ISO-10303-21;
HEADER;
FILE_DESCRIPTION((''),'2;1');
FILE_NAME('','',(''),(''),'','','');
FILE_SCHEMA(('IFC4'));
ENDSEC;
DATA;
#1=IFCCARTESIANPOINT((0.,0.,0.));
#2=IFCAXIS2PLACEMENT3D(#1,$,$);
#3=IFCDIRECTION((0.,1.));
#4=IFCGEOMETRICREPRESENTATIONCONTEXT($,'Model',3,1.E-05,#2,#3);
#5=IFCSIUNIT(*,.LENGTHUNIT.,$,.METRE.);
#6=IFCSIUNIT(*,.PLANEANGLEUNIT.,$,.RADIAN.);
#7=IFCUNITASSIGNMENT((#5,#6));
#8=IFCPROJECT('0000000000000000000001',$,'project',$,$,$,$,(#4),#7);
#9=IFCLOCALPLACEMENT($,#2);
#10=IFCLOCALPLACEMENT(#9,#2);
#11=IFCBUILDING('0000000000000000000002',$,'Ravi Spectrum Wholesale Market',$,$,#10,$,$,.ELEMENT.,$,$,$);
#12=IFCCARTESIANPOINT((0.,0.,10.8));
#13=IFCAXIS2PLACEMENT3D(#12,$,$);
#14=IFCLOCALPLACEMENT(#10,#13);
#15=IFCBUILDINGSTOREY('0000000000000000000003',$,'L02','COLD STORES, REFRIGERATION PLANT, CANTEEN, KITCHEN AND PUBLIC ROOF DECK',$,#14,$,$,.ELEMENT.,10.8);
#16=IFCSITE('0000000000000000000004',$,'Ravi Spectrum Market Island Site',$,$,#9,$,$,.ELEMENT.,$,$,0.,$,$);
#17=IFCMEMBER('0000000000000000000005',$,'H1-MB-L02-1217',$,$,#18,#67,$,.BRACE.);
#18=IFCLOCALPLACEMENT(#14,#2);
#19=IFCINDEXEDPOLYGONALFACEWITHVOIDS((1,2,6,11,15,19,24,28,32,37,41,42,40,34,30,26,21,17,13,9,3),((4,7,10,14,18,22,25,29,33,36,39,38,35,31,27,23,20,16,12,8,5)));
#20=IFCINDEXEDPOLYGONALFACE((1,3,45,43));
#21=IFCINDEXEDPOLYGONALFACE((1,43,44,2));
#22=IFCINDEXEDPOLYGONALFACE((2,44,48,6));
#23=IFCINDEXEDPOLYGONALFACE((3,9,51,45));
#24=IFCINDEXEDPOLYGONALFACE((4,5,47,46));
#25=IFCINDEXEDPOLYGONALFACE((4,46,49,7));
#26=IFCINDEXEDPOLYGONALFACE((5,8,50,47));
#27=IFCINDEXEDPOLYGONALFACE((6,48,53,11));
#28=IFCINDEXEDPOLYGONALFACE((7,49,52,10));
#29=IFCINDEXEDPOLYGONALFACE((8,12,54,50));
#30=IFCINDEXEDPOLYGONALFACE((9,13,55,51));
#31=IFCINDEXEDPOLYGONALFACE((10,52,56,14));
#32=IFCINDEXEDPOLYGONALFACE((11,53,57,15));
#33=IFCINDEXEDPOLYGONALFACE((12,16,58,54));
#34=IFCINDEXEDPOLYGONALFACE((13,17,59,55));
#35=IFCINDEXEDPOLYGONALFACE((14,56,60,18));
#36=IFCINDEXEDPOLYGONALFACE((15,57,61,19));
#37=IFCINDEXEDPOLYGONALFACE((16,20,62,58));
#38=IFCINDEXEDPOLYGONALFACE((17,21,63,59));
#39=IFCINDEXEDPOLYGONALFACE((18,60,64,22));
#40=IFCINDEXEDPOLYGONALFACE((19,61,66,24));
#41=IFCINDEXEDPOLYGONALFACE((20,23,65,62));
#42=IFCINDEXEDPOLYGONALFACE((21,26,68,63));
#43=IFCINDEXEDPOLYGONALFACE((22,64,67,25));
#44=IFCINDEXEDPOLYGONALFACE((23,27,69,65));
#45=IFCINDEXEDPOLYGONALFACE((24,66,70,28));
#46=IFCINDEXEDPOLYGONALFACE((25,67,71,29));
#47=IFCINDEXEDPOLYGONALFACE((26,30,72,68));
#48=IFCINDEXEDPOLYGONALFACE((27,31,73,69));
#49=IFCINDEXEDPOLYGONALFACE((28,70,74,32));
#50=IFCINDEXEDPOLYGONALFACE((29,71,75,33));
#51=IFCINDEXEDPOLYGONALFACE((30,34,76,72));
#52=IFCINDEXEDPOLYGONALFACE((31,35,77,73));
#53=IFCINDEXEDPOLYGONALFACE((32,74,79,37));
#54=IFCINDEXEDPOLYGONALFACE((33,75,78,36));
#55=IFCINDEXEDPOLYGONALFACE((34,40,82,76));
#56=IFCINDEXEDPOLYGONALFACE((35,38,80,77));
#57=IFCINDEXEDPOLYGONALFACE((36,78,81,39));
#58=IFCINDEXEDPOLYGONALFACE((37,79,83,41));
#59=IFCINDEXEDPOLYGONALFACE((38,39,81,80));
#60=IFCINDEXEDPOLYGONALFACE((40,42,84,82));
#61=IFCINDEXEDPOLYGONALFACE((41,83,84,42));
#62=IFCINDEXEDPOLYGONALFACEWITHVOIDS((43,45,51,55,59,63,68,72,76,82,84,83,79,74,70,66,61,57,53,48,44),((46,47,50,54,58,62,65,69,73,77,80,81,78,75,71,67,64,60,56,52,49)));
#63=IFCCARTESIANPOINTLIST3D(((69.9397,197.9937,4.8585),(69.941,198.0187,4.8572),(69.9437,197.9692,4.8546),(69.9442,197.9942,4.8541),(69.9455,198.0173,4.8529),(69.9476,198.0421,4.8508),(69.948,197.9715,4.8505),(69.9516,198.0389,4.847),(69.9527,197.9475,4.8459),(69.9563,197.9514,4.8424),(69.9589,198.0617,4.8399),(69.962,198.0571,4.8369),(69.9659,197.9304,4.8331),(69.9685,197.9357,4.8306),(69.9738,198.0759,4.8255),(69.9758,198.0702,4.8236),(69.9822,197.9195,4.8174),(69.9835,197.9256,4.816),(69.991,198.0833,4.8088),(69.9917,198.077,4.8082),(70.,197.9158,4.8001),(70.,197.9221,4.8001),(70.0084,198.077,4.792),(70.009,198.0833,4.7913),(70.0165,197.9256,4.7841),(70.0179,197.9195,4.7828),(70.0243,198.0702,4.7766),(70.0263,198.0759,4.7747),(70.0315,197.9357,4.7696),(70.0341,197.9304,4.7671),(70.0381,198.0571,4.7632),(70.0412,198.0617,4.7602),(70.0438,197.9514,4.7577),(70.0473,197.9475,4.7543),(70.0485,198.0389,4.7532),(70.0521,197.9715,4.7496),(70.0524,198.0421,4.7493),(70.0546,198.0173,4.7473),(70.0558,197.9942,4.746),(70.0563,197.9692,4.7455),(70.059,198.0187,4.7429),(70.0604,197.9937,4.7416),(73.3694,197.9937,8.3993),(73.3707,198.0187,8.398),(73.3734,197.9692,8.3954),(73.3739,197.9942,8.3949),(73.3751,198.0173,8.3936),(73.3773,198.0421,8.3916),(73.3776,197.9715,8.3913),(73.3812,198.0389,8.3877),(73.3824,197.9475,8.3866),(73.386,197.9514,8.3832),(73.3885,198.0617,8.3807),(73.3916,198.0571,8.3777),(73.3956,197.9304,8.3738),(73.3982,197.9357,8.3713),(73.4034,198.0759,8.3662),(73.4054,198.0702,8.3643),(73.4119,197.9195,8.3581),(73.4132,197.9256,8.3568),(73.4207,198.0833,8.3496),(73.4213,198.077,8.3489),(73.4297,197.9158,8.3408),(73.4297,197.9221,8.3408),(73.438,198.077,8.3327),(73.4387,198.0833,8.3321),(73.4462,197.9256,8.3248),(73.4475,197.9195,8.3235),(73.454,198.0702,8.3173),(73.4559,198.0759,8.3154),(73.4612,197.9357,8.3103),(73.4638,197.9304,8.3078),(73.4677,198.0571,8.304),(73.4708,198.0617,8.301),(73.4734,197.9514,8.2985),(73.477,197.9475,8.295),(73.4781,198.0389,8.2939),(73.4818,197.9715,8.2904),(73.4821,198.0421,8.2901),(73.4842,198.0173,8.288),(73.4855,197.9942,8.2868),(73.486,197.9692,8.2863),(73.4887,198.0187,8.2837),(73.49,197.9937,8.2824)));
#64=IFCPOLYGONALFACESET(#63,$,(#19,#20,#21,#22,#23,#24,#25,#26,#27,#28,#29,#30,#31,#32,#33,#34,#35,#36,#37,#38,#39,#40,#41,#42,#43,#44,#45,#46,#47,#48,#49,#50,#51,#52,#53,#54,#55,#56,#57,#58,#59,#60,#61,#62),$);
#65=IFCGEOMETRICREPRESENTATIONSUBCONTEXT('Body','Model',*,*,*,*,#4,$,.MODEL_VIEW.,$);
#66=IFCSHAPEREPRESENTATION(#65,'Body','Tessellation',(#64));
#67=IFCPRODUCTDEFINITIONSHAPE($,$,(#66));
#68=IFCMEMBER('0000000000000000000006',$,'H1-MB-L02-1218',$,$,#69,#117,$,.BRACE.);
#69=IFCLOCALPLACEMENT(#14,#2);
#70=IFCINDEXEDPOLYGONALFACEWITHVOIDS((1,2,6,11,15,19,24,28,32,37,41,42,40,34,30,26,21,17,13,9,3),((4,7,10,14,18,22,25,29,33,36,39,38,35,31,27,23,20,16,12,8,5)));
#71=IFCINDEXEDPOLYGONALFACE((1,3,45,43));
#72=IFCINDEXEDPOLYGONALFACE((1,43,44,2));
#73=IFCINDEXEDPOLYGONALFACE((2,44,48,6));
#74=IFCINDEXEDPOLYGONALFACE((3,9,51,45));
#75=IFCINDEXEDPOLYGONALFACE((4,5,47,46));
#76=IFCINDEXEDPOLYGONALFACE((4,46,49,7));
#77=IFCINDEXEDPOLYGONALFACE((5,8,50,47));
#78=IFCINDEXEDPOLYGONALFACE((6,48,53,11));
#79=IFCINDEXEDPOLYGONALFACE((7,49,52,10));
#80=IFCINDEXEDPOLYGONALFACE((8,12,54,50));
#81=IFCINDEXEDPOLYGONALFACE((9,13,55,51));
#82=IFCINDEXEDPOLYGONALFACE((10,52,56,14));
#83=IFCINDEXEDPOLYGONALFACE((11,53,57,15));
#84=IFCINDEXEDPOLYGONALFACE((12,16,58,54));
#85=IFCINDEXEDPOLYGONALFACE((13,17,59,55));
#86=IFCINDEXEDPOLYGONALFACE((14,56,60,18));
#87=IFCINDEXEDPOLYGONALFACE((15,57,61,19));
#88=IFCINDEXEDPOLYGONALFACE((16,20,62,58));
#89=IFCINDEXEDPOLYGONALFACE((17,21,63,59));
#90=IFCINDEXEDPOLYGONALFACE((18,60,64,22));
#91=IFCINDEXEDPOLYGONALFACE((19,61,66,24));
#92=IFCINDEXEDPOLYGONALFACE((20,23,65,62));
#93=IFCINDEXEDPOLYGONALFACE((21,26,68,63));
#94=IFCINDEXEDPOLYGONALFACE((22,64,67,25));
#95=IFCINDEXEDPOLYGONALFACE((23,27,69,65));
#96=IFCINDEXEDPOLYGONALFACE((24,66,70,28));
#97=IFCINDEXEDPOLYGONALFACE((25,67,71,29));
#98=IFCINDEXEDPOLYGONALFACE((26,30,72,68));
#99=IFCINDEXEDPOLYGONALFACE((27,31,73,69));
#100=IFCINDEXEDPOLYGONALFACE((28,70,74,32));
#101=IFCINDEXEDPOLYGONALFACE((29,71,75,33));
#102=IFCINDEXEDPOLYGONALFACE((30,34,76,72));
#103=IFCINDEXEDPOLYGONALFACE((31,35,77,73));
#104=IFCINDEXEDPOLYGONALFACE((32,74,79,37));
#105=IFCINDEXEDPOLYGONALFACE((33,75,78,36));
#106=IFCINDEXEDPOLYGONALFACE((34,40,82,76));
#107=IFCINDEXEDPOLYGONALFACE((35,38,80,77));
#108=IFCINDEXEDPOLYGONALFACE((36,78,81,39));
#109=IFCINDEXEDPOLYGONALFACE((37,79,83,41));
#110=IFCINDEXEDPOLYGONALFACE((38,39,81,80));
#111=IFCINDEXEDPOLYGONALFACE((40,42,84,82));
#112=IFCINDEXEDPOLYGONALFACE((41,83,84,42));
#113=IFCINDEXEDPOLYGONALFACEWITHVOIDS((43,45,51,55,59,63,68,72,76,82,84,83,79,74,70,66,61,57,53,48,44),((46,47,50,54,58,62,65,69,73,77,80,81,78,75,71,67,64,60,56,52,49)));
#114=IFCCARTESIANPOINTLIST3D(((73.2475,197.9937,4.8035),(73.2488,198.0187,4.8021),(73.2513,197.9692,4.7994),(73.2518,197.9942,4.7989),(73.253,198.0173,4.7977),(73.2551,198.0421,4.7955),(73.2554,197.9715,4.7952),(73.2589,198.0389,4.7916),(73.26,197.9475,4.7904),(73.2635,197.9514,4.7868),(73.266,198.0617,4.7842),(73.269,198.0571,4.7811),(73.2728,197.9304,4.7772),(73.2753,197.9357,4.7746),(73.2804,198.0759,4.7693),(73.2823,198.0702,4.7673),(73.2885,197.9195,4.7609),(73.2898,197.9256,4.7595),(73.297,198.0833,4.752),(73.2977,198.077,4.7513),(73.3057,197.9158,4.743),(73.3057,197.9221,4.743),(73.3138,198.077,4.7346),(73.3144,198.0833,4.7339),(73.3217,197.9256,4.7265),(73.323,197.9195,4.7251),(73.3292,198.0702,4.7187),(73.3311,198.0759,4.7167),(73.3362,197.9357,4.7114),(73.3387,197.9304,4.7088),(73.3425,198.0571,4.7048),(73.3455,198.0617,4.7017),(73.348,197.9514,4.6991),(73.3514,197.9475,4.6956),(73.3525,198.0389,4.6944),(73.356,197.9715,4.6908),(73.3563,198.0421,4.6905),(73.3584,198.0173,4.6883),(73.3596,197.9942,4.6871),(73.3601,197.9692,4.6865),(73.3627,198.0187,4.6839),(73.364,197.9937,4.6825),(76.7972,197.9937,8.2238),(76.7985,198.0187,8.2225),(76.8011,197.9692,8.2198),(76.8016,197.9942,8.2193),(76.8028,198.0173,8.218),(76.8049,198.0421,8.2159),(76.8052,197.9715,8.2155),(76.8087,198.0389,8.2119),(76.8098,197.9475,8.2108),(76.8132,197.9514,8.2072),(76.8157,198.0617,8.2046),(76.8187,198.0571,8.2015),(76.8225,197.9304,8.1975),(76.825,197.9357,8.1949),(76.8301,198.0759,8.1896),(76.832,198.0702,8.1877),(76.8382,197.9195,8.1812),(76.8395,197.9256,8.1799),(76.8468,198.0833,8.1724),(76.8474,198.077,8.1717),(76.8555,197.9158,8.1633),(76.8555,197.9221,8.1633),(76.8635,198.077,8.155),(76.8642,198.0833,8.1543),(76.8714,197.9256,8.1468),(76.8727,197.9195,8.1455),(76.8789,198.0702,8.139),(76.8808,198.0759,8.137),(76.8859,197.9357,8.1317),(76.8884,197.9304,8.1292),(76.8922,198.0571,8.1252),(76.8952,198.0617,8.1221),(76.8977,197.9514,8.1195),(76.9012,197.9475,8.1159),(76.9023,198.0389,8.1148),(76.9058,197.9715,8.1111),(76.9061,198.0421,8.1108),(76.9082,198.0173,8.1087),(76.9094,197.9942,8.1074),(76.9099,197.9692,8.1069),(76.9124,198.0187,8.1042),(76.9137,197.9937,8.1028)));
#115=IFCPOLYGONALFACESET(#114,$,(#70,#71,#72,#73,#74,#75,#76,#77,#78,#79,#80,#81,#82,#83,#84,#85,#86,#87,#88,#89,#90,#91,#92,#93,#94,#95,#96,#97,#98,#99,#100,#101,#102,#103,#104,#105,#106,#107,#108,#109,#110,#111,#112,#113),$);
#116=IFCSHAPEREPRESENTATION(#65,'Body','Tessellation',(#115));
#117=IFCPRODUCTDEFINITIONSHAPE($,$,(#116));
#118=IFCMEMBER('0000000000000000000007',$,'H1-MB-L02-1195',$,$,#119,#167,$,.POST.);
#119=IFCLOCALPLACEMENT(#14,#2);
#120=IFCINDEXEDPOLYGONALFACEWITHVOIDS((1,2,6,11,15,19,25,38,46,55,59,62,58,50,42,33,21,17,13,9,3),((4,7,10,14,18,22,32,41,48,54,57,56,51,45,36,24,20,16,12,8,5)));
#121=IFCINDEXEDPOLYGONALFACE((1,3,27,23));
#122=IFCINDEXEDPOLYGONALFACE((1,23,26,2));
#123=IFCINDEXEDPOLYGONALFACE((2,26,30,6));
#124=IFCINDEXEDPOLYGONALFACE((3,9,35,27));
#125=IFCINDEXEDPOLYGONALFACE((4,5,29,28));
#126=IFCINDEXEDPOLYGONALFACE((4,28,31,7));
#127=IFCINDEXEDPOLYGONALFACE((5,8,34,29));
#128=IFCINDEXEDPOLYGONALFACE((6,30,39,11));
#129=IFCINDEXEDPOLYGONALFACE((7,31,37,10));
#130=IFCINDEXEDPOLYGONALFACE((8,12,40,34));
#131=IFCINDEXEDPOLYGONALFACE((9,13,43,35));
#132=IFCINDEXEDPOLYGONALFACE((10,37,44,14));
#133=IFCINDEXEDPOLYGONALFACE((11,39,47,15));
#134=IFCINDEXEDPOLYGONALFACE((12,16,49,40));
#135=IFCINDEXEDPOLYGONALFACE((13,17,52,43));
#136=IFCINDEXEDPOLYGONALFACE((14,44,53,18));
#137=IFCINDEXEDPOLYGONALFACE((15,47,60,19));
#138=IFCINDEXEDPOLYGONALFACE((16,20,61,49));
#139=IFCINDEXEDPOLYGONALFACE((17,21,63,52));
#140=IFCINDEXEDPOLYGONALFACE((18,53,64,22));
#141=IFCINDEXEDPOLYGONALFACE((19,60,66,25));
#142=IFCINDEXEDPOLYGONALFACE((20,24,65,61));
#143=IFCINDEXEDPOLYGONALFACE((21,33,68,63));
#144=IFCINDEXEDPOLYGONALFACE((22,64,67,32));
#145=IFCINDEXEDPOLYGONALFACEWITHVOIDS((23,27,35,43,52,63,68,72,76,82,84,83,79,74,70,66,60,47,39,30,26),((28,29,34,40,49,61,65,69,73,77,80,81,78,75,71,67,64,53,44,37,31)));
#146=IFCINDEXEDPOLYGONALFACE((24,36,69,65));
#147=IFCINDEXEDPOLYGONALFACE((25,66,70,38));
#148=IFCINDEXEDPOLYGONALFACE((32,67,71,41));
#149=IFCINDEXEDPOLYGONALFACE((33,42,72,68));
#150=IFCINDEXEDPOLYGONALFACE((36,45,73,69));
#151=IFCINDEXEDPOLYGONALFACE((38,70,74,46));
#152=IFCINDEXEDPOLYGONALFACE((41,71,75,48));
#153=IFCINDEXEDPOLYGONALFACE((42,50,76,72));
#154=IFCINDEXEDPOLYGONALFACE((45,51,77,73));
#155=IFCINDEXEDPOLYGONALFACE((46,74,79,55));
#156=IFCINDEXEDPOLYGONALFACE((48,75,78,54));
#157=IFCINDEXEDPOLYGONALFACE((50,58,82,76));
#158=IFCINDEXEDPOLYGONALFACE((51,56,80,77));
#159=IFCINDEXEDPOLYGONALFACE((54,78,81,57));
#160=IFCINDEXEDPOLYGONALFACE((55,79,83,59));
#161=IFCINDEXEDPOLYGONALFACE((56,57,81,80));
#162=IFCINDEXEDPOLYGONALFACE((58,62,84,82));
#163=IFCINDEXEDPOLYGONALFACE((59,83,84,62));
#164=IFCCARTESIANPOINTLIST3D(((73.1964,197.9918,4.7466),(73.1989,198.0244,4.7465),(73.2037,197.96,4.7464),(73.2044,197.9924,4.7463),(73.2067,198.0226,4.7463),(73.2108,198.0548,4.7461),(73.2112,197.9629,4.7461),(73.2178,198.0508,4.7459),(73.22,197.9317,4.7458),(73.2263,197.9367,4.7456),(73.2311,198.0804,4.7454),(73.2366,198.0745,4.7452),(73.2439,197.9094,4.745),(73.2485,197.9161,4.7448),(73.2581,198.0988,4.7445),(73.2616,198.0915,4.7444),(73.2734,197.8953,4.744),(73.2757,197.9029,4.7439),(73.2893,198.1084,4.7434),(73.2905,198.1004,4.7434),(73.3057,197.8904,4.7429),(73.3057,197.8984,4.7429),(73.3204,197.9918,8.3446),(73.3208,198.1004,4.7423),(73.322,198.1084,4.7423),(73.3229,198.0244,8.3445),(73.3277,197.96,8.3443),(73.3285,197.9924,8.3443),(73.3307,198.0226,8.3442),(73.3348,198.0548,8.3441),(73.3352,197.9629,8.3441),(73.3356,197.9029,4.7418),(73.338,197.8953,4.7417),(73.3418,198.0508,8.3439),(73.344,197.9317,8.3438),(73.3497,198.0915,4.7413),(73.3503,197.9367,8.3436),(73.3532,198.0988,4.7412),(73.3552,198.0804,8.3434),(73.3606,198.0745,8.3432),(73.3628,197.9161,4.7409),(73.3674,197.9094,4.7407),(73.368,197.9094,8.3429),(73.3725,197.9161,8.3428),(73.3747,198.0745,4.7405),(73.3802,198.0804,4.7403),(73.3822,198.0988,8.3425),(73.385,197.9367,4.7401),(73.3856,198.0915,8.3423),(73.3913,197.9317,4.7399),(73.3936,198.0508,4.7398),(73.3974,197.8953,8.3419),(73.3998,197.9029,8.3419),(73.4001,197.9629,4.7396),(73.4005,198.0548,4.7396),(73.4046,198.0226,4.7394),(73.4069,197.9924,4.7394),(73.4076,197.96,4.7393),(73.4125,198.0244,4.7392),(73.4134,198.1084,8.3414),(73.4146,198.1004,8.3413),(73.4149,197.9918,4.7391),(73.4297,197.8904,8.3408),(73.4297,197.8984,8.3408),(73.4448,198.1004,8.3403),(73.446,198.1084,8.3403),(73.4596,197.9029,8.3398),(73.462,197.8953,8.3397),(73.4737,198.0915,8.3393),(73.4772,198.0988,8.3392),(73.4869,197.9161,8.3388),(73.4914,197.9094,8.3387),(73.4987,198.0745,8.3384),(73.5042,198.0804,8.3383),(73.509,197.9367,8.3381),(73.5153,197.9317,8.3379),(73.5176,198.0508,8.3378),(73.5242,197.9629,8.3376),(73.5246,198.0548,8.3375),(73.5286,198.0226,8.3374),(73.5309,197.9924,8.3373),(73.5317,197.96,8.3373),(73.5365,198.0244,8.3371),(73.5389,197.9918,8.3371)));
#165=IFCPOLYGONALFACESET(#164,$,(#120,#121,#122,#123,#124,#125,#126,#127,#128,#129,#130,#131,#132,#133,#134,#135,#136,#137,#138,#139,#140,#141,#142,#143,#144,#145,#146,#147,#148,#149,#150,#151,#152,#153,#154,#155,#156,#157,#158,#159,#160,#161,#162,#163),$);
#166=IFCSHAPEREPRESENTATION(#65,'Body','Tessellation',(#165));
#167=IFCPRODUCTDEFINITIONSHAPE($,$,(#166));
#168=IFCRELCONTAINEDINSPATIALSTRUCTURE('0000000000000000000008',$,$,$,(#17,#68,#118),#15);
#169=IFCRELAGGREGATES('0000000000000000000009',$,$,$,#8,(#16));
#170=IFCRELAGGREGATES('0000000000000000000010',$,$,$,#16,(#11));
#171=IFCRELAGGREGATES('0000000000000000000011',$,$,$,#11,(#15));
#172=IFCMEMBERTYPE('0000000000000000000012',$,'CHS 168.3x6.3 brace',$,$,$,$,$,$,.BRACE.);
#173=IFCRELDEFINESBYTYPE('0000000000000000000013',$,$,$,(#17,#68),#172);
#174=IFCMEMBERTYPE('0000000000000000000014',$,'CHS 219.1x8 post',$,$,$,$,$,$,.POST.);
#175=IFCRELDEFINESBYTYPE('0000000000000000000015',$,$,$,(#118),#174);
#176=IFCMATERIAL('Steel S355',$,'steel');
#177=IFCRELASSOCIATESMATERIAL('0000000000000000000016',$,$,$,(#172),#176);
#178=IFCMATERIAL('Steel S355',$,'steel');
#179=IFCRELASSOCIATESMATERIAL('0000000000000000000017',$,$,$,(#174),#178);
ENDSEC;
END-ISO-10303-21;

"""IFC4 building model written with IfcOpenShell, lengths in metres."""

from ifc_helpers import new_model, si_unit, direction, frame, origin, origin_2d, place, context, subcontext, project, spatial, hollow_circle, extrude, material, material_profile, profile_set, type_object, element, save


model = new_model("IFC4")

# Units and contexts
model_context = context("Model", 3, precision=1e-05, world=origin(), true_north=direction((0.0, 1.0)))
body_context = subcontext(model_context, "Body", "Model", "MODEL_VIEW")
ifc_project = project(units=[si_unit("LENGTHUNIT", "METRE"), si_unit("PLANEANGLEUNIT", "RADIAN")], contexts=[model_context])

# Site, building, storey
site_placement = place(None, origin())
site = spatial("IfcSite", under=ifc_project, at=site_placement, Name="Ravi Spectrum Market Island Site", CompositionType="ELEMENT", RefElevation=0.0)
building_placement = place(site_placement, origin())
building = spatial("IfcBuilding", under=site, at=building_placement, Name="Ravi Spectrum Wholesale Market", CompositionType="ELEMENT")
storey_placement = place(building_placement, frame((0.0, 0.0, 10.8)))
storey = spatial("IfcBuildingStorey", under=building, at=storey_placement, Name="L02", Description="COLD STORES, REFRIGERATION PLANT, CANTEEN, KITCHEN AND PUBLIC ROOF DECK", CompositionType="ELEMENT", Elevation=10.8)

# Members
ifc_material_1 = material(Name="Steel S355", Category="steel")
ifc_material_profile_1 = material_profile(ifc_material_1, hollow_circle(Radius=0.0842, WallThickness=0.0063, at=origin_2d()))
ifc_profile_set_1 = profile_set([ifc_material_profile_1], Name="Steel S355")
member_type_1 = type_object("IfcMemberType", Name="CHS 168.3x6.3 brace", PredefinedType="BRACE", material=ifc_profile_set_1)
for number, where, z_axis, x_axis, name in (
    (1, (73.4297, 198.0, 8.3408), (-0.69575, 0.0, -0.718284), (0.0, -1.0, 0.0), "H1-MB-L02-1217"),
    (2, (76.8555, 198.0, 8.1633), (-0.720109, 0.0, -0.693861), (0.0, -1.0, 0.0), "H1-MB-L02-1218"),
):
    element("IfcMember", number, at=place(storey_placement, frame(where, z_axis=z_axis, x_axis=x_axis)), inside=storey, type_object=member_type_1, Name=name, PredefinedType="BRACE", context=body_context, shape_type="SweptSolid", body=[
        extrude(hollow_circle(Radius=0.0842, WallThickness=0.0063, at=origin_2d()), origin(), (0.0, 0.0, 1.0), 4.9294),
    ])
ifc_material_2 = material(Name="Steel S355", Category="steel")
ifc_material_profile_2 = material_profile(ifc_material_2, hollow_circle(Radius=0.1096, WallThickness=0.0081, at=origin_2d()))
ifc_profile_set_2 = profile_set([ifc_material_profile_2], Name="Steel S355")
member_type_2 = type_object("IfcMemberType", Name="CHS 219.1x8 post", PredefinedType="POST", material=ifc_profile_set_2)
member_1_placement = place(storey_placement, frame((73.4297, 198.0, 8.3408), z_axis=(-0.034451, 0.0, -0.999406), x_axis=(0.0, -1.0, 0.0)))
element("IfcMember", 3, at=member_1_placement, inside=storey, type_object=member_type_2, Name="H1-MB-L02-1195", PredefinedType="POST", context=body_context, shape_type="SweptSolid", body=[
    extrude(hollow_circle(Radius=0.1096, WallThickness=0.0081, at=origin_2d()), origin(), (0.0, 0.0, 1.0), 3.6001),
])

save(model, "model.ifc")
